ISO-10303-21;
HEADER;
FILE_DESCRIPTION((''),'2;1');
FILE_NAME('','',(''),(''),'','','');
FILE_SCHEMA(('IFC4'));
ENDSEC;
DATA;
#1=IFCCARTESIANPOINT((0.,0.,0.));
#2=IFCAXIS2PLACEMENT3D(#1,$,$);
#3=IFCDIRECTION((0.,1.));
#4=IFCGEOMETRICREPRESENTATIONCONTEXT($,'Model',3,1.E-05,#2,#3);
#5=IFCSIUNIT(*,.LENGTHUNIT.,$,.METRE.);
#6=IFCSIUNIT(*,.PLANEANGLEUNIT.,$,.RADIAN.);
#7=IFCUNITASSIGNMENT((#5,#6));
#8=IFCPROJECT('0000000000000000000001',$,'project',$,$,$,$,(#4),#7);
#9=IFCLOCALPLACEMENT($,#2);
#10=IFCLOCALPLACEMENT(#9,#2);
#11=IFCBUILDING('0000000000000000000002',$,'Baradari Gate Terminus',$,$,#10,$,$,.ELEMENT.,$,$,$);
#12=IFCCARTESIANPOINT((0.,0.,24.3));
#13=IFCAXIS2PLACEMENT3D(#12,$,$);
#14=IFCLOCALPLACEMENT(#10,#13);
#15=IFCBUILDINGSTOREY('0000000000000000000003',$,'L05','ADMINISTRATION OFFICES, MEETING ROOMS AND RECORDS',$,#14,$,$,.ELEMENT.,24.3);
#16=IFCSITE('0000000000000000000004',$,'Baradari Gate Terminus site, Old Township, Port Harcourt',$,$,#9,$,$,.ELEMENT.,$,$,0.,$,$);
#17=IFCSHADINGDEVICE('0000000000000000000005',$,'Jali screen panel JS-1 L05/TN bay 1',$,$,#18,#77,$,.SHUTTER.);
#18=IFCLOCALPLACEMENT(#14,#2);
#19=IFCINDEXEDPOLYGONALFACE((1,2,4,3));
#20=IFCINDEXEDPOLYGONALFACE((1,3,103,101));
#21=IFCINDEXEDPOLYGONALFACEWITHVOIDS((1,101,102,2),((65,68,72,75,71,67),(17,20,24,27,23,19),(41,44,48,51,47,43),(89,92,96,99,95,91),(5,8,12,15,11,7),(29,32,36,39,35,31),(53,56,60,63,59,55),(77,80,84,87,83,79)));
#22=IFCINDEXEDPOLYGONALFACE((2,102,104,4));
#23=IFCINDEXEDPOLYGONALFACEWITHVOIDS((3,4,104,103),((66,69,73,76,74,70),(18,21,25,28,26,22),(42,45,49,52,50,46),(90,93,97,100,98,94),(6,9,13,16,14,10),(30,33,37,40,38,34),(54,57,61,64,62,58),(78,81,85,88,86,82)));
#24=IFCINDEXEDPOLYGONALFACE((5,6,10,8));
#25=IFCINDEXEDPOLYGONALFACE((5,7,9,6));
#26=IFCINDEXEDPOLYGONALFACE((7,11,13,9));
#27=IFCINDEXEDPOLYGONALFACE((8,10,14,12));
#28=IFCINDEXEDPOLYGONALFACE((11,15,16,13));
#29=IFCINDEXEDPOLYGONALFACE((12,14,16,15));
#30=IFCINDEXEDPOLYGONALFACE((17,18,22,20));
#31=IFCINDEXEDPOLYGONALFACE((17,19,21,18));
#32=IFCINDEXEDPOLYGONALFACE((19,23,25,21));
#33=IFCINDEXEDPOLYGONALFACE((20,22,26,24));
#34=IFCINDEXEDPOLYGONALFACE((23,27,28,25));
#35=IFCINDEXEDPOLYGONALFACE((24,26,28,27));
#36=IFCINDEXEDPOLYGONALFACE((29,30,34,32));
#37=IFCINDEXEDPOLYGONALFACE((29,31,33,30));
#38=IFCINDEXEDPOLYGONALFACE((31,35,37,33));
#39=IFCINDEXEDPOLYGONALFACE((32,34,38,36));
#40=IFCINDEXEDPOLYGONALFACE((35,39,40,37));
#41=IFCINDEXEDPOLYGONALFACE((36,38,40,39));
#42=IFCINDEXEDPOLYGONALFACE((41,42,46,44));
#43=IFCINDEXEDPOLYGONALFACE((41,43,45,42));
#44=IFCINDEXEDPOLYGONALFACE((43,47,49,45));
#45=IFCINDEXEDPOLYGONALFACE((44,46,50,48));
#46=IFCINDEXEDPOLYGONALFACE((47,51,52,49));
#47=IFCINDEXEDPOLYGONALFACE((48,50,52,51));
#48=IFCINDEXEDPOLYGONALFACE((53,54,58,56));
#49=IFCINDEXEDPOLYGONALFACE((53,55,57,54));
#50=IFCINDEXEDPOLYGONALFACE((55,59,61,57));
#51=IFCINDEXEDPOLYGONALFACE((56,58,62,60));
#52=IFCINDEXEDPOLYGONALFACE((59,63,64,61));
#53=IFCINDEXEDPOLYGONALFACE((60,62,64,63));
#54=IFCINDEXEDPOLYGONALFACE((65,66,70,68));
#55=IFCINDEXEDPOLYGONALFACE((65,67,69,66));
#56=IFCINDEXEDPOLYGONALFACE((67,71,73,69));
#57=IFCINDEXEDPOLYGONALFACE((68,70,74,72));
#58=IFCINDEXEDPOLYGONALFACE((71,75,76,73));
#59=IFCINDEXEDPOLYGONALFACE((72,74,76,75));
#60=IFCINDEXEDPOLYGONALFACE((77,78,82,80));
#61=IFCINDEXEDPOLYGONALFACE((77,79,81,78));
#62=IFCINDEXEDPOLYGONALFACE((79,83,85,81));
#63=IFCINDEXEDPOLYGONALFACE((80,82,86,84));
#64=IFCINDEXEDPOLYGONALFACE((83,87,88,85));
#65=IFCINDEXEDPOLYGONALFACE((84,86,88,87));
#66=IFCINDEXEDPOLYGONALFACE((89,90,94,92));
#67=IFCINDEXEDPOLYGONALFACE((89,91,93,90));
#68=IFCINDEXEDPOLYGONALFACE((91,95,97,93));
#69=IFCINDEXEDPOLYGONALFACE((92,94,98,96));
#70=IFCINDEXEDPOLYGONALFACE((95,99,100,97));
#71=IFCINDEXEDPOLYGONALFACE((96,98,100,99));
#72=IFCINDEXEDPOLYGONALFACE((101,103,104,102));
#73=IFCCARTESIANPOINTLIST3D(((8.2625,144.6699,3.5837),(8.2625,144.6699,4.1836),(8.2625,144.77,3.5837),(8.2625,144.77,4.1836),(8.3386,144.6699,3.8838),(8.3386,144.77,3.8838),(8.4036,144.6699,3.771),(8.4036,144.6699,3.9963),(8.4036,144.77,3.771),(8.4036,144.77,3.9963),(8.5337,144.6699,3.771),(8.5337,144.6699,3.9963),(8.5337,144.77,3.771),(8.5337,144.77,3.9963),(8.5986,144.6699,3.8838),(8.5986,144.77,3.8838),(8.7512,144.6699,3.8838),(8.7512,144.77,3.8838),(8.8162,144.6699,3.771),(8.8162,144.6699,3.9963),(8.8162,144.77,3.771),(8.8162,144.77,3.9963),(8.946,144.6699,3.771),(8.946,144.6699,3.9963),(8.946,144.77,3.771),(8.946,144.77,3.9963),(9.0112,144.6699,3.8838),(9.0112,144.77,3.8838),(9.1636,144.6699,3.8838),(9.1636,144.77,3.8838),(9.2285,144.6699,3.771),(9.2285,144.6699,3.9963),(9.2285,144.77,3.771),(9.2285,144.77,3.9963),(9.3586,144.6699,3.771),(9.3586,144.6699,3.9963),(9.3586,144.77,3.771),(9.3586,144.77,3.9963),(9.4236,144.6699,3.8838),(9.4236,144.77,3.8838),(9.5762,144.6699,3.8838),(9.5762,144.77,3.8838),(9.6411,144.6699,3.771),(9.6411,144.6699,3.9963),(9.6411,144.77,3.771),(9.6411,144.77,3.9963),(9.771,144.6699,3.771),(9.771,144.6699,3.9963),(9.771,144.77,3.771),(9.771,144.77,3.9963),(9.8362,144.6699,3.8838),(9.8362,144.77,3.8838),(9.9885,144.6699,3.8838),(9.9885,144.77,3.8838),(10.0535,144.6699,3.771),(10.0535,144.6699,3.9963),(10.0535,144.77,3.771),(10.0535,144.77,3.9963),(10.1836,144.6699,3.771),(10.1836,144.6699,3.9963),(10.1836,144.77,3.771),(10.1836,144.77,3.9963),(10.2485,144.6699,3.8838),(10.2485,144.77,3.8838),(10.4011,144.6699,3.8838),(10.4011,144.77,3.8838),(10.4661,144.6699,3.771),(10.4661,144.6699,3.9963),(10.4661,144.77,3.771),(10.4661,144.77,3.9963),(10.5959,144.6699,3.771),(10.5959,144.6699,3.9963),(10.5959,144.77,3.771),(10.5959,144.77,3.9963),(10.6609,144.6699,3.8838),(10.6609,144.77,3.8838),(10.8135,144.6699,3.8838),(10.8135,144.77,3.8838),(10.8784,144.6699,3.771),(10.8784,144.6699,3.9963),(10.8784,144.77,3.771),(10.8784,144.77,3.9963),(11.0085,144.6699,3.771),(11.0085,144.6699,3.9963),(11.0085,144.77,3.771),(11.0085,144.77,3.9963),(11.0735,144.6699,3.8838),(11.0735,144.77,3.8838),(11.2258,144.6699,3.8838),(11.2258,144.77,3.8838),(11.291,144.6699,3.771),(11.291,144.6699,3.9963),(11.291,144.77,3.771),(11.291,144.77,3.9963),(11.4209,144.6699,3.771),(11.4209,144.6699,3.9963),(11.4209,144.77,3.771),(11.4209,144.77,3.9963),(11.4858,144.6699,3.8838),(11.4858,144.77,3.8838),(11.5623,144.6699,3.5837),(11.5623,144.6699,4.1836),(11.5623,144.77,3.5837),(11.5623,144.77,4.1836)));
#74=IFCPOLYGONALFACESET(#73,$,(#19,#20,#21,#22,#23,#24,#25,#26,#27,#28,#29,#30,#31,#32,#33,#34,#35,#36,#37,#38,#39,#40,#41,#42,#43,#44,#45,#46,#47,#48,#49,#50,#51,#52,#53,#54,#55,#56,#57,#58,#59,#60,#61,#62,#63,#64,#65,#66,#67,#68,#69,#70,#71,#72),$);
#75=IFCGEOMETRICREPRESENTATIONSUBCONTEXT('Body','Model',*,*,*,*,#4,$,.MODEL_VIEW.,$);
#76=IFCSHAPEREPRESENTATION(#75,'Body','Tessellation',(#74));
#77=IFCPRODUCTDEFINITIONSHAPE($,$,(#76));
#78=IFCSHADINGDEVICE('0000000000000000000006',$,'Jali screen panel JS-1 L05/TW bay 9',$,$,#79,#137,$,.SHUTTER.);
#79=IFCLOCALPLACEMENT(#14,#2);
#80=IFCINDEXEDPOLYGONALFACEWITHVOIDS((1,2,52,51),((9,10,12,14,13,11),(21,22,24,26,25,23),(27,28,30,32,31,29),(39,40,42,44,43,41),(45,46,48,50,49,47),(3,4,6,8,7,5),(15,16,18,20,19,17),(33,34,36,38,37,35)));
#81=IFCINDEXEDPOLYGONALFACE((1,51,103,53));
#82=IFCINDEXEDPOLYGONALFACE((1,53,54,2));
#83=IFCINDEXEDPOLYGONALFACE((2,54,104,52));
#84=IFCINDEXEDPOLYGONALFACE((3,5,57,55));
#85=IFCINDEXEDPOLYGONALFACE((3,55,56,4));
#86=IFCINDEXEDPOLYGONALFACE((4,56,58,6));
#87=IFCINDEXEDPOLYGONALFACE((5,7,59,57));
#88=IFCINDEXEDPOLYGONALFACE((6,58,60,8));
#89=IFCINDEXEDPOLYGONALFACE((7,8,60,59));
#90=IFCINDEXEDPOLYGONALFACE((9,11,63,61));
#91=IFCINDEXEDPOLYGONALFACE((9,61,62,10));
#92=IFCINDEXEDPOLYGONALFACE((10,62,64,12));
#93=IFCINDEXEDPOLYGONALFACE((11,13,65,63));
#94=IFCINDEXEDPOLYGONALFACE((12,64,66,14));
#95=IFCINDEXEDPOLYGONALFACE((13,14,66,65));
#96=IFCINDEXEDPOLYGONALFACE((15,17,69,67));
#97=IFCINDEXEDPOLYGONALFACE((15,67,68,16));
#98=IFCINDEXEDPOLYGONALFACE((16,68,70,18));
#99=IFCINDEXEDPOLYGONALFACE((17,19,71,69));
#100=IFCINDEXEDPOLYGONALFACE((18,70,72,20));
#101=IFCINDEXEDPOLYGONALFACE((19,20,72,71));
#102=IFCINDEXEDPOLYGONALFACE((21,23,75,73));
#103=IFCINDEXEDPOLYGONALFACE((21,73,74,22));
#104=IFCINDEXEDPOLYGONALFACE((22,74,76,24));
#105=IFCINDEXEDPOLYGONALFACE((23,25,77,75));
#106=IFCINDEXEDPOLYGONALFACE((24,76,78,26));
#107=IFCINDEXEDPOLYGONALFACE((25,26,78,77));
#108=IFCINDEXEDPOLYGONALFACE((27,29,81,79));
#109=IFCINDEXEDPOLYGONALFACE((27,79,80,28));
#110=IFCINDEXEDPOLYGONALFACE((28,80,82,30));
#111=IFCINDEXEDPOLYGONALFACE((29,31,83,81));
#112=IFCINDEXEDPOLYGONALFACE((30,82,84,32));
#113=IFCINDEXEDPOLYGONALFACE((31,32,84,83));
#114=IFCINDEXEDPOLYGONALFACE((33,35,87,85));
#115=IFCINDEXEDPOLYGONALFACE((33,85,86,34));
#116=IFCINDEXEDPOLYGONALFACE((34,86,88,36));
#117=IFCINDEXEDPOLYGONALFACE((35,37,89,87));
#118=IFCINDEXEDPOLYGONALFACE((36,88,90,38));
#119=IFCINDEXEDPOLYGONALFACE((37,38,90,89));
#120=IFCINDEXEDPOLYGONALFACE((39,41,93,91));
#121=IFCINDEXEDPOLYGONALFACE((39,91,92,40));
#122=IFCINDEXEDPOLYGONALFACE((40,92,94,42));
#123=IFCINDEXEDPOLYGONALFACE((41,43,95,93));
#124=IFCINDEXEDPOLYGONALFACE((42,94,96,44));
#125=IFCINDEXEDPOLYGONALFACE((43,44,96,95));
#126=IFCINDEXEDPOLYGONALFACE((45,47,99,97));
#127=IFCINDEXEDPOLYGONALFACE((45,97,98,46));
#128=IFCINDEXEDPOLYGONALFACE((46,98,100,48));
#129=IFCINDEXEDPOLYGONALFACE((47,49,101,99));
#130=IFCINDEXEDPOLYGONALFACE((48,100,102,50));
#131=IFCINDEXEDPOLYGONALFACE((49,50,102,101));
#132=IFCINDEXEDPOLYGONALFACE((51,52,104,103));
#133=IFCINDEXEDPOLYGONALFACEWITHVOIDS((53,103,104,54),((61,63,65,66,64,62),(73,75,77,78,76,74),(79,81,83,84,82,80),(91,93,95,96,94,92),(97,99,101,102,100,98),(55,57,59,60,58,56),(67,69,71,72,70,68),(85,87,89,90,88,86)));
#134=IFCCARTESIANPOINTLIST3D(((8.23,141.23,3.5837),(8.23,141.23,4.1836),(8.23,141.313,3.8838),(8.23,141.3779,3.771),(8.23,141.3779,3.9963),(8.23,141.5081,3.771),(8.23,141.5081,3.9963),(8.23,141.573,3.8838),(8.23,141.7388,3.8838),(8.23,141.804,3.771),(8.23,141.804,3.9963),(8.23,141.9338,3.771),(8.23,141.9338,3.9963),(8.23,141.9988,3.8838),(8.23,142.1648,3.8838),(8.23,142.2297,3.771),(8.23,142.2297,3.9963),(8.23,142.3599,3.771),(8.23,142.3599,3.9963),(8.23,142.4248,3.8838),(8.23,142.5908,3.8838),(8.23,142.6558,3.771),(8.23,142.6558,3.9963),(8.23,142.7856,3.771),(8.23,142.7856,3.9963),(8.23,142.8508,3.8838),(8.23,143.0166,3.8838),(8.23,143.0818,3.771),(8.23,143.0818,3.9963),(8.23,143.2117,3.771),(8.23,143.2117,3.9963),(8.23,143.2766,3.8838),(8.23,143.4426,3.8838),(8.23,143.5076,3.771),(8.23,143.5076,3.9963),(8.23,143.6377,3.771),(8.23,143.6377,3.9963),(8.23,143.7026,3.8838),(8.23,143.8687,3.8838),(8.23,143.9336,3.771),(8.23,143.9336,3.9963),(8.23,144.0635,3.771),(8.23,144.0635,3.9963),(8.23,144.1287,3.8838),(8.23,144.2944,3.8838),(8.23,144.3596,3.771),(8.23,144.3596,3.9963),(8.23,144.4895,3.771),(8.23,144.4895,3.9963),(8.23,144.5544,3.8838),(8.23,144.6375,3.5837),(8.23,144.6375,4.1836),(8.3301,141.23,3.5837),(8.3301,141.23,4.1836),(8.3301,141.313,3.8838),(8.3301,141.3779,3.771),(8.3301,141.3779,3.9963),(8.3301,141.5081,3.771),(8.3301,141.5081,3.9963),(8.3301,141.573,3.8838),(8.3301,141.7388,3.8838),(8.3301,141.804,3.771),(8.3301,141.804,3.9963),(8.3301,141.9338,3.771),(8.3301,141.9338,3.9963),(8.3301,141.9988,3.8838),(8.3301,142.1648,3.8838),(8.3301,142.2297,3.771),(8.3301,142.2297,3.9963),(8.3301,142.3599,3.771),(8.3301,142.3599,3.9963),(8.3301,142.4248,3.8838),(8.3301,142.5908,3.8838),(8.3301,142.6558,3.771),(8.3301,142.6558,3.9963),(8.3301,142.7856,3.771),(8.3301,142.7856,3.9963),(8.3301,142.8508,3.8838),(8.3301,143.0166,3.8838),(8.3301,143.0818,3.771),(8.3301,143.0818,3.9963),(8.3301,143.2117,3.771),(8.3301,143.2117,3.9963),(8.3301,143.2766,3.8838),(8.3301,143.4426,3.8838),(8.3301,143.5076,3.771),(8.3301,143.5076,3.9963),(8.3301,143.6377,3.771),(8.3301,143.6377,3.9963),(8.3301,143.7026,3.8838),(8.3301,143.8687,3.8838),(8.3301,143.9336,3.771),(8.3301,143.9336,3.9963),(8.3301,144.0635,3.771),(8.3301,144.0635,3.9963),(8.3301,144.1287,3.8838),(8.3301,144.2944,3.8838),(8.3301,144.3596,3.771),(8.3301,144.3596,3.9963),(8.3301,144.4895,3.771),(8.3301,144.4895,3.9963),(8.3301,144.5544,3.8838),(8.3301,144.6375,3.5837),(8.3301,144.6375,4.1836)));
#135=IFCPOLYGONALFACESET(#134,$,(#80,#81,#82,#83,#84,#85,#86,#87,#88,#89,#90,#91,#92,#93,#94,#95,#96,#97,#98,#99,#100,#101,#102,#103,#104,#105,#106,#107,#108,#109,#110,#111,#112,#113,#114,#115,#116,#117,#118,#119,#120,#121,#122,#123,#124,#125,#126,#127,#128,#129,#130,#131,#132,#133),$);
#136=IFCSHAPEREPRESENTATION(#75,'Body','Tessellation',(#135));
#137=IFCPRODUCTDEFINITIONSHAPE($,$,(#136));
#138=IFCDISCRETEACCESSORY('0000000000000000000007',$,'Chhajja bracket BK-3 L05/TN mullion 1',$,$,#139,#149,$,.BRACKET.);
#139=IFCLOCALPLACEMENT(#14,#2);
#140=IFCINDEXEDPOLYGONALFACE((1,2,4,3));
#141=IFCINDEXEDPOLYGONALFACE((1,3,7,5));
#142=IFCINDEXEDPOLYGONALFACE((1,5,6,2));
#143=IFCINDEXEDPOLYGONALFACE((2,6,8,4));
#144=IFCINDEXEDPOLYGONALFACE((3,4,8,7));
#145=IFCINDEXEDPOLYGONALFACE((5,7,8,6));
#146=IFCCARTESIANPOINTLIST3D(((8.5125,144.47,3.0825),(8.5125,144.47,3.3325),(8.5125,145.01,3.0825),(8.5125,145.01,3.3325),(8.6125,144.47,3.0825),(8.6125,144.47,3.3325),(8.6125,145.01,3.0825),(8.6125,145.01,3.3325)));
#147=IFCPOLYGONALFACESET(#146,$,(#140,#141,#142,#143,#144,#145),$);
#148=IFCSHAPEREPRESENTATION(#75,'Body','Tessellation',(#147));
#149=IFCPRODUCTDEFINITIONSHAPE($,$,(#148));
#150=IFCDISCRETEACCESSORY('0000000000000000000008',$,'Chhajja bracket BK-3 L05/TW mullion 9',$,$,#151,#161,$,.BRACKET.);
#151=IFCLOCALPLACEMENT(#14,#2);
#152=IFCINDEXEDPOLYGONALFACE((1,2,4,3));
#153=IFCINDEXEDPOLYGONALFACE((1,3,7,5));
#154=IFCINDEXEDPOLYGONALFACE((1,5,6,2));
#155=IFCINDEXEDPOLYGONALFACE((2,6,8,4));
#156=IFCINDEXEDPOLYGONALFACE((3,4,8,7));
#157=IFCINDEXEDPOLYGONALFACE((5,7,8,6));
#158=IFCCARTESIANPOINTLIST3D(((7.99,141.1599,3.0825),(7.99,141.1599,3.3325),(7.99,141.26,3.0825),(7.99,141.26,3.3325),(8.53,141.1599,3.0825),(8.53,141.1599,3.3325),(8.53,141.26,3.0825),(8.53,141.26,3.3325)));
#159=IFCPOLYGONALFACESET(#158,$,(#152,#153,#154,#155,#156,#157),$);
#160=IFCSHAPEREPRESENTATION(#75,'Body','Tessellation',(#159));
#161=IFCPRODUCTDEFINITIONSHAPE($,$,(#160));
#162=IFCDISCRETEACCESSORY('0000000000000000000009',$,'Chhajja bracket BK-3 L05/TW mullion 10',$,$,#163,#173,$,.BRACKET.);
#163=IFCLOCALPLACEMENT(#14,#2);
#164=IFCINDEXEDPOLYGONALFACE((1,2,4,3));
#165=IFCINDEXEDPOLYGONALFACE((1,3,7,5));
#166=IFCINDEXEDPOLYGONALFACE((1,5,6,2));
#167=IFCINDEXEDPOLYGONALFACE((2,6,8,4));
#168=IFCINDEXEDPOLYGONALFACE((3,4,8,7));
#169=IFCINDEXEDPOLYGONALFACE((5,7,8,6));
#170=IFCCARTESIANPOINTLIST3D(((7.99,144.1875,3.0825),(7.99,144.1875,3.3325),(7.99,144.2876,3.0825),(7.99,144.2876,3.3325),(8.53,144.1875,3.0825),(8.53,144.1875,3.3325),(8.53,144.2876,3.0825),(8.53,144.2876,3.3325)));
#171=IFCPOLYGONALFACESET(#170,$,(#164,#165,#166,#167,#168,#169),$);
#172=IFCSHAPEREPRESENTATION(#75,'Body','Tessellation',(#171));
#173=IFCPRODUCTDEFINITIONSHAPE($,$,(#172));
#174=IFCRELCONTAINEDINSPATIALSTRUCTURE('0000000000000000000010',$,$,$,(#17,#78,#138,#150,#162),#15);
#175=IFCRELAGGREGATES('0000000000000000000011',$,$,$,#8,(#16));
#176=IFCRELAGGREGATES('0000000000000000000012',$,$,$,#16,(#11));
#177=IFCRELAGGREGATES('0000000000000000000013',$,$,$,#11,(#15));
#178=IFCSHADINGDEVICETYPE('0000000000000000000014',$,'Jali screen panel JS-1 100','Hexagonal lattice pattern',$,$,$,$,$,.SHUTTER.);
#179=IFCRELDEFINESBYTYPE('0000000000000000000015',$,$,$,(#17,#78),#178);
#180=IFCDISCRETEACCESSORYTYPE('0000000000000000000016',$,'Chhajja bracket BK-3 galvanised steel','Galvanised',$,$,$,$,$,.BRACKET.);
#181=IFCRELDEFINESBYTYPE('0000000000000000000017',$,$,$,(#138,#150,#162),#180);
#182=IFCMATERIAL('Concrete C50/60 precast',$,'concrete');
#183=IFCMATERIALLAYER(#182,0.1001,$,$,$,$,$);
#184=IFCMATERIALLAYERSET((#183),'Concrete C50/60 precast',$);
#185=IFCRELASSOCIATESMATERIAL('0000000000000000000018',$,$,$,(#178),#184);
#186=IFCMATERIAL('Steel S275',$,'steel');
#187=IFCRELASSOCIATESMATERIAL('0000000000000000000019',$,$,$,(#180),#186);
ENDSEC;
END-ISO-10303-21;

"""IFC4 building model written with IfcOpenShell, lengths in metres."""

from ifc_helpers import new_model, si_unit, direction, frame, origin, origin_2d, place, context, subcontext, project, spatial, polyline, rectangle, outline, extrude, material, layer, layer_set, type_object, element, save


model = new_model("IFC4")

# Units and contexts
model_context = context("Model", 3, precision=1e-05, world=origin(), true_north=direction((0.0, 1.0)))
body_context = subcontext(model_context, "Body", "Model", "MODEL_VIEW")
ifc_project = project(units=[si_unit("LENGTHUNIT", "METRE"), si_unit("PLANEANGLEUNIT", "RADIAN")], contexts=[model_context])

# Site, building, storey
site_placement = place(None, origin())
site = spatial("IfcSite", under=ifc_project, at=site_placement, Name="Baradari Gate Terminus site, Old Township, Port Harcourt", CompositionType="ELEMENT", RefElevation=0.0)
building_placement = place(site_placement, origin())
building = spatial("IfcBuilding", under=site, at=building_placement, Name="Baradari Gate Terminus", CompositionType="ELEMENT")
storey_placement = place(building_placement, frame((0.0, 0.0, 24.3)))
storey = spatial("IfcBuildingStorey", under=building, at=storey_placement, Name="L05", Description="ADMINISTRATION OFFICES, MEETING ROOMS AND RECORDS", CompositionType="ELEMENT", Elevation=24.3)

# Shading devices
ifc_material_1 = material(Name="Concrete C50/60 precast", Category="concrete")
ifc_layer_1 = layer(ifc_material_1, 0.1001)
ifc_layer_set_1 = layer_set([ifc_layer_1], Name="Concrete C50/60 precast")
shading_device_type_1 = type_object("IfcShadingDeviceType", Name="Jali screen panel JS-1 100", Description="Hexagonal lattice pattern", PredefinedType="SHUTTER", material=ifc_layer_set_1)
shading_device_1_placement = place(storey_placement, frame((8.2625, 144.72, 3.5837), z_axis=(0.0, 0.0, 1.0), x_axis=(1.0, 0.0, 0.0)))
element("IfcShadingDevice", 1, at=shading_device_1_placement, inside=storey, type_object=shading_device_type_1, Name="Jali screen panel JS-1 L05/TN bay 1", PredefinedType="SHUTTER", context=body_context, shape_type="SweptSolid", body=[
    extrude(outline(polyline([(0.0, 0.0), (3.2998, 0.0), (3.2998, 0.5999), (0.0, 0.5999), (0.0, 0.0)]), holes=[polyline([(0.3362, 0.3), (0.2712, 0.1873), (0.1411, 0.1873), (0.0762, 0.3), (0.1411, 0.4126), (0.2712, 0.4126), (0.3362, 0.3)]), polyline([(0.7488, 0.3), (0.6836, 0.1873), (0.5537, 0.1873), (0.4888, 0.3), (0.5537, 0.4126), (0.6836, 0.4126), (0.7488, 0.3)]), polyline([(1.1611, 0.3), (1.0962, 0.1873), (0.9661, 0.1873), (0.9011, 0.3), (0.9661, 0.4126), (1.0962, 0.4126), (1.1611, 0.3)]), polyline([(1.5737, 0.3), (1.5085, 0.1873), (1.3787, 0.1873), (1.3137, 0.3), (1.3787, 0.4126), (1.5085, 0.4126), (1.5737, 0.3)]), polyline([(1.9861, 0.3), (1.9211, 0.1873), (1.791, 0.1873), (1.7261, 0.3), (1.791, 0.4126), (1.9211, 0.4126), (1.9861, 0.3)]), polyline([(2.3984, 0.3), (2.3335, 0.1873), (2.2036, 0.1873), (2.1387, 0.3), (2.2036, 0.4126), (2.3335, 0.4126), (2.3984, 0.3)]), polyline([(2.811, 0.3), (2.7461, 0.1873), (2.616, 0.1873), (2.551, 0.3), (2.616, 0.4126), (2.7461, 0.4126), (2.811, 0.3)]), polyline([(3.2234, 0.3), (3.1584, 0.1873), (3.0286, 0.1873), (2.9634, 0.3), (3.0286, 0.4126), (3.1584, 0.4126), (3.2234, 0.3)])]), frame((0.0, 0.05, 0.0), z_axis=(0.0, -1.0, 0.0), x_axis=(1.0, 0.0, 0.0)), (0.0, 0.0, 1.0), 0.1001),
])
shading_device_2_placement = place(storey_placement, frame((8.28, 141.23, 3.5837), z_axis=(0.0, 0.0, 1.0), x_axis=(0.0, 1.0, 0.0)))
element("IfcShadingDevice", 2, at=shading_device_2_placement, inside=storey, type_object=shading_device_type_1, Name="Jali screen panel JS-1 L05/TW bay 9", PredefinedType="SHUTTER", context=body_context, shape_type="SweptSolid", body=[
    extrude(outline(polyline([(0.0, 0.0), (3.4075, 0.0), (3.4075, 0.5999), (0.0, 0.5999), (0.0, 0.0)]), holes=[polyline([(0.343, 0.3), (0.2781, 0.1873), (0.1479, 0.1873), (0.083, 0.3), (0.1479, 0.4126), (0.2781, 0.4126), (0.343, 0.3)]), polyline([(0.7688, 0.3), (0.7039, 0.1873), (0.574, 0.1873), (0.5088, 0.3), (0.574, 0.4126), (0.7039, 0.4126), (0.7688, 0.3)]), polyline([(1.1948, 0.3), (1.1299, 0.1873), (0.9998, 0.1873), (0.9348, 0.3), (0.9998, 0.4126), (1.1299, 0.4126), (1.1948, 0.3)]), polyline([(1.6208, 0.3), (1.5557, 0.1873), (1.4258, 0.1873), (1.3608, 0.3), (1.4258, 0.4126), (1.5557, 0.4126), (1.6208, 0.3)]), polyline([(2.0466, 0.3), (1.9817, 0.1873), (1.8518, 0.1873), (1.7866, 0.3), (1.8518, 0.4126), (1.9817, 0.4126), (2.0466, 0.3)]), polyline([(2.4727, 0.3), (2.4077, 0.1873), (2.2776, 0.1873), (2.2126, 0.3), (2.2776, 0.4126), (2.4077, 0.4126), (2.4727, 0.3)]), polyline([(2.8987, 0.3), (2.8335, 0.1873), (2.7036, 0.1873), (2.6387, 0.3), (2.7036, 0.4126), (2.8335, 0.4126), (2.8987, 0.3)]), polyline([(3.3245, 0.3), (3.2595, 0.1873), (3.1296, 0.1873), (3.0645, 0.3), (3.1296, 0.4126), (3.2595, 0.4126), (3.3245, 0.3)])]), frame((0.0, 0.05, 0.0), z_axis=(0.0, -1.0, 0.0), x_axis=(1.0, 0.0, 0.0)), (0.0, 0.0, 1.0), 0.1001),
])

# Discrete accessories
ifc_material_2 = material(Name="Steel S275", Category="steel")
discrete_accessory_type_1 = type_object("IfcDiscreteAccessoryType", Name="Chhajja bracket BK-3 galvanised steel", Description="Galvanised", PredefinedType="BRACKET", material=ifc_material_2)
for number, where, z_axis, x_axis, name in (
    (3, (8.5625, 144.74, 3.0825), (0.0, 0.0, 1.0), (0.0, 1.0, 0.0), "Chhajja bracket BK-3 L05/TN mullion 1"),
    (4, (8.26, 141.21, 3.0825), (0.0, 0.0, 1.0), (-1.0, 0.0, 0.0), "Chhajja bracket BK-3 L05/TW mullion 9"),
    (5, (8.26, 144.2375, 3.0825), (0.0, 0.0, 1.0), (-1.0, 0.0, 0.0), "Chhajja bracket BK-3 L05/TW mullion 10"),
):
    element("IfcDiscreteAccessory", number, at=place(storey_placement, frame(where, z_axis=z_axis, x_axis=x_axis)), inside=storey, type_object=discrete_accessory_type_1, Name=name, PredefinedType="BRACKET", context=body_context, shape_type="SweptSolid", body=[
        extrude(rectangle(XDim=0.54, YDim=0.1001, at=origin_2d()), origin(), (0.0, 0.0, 1.0), 0.25),
    ])

save(model, "model.ifc")
